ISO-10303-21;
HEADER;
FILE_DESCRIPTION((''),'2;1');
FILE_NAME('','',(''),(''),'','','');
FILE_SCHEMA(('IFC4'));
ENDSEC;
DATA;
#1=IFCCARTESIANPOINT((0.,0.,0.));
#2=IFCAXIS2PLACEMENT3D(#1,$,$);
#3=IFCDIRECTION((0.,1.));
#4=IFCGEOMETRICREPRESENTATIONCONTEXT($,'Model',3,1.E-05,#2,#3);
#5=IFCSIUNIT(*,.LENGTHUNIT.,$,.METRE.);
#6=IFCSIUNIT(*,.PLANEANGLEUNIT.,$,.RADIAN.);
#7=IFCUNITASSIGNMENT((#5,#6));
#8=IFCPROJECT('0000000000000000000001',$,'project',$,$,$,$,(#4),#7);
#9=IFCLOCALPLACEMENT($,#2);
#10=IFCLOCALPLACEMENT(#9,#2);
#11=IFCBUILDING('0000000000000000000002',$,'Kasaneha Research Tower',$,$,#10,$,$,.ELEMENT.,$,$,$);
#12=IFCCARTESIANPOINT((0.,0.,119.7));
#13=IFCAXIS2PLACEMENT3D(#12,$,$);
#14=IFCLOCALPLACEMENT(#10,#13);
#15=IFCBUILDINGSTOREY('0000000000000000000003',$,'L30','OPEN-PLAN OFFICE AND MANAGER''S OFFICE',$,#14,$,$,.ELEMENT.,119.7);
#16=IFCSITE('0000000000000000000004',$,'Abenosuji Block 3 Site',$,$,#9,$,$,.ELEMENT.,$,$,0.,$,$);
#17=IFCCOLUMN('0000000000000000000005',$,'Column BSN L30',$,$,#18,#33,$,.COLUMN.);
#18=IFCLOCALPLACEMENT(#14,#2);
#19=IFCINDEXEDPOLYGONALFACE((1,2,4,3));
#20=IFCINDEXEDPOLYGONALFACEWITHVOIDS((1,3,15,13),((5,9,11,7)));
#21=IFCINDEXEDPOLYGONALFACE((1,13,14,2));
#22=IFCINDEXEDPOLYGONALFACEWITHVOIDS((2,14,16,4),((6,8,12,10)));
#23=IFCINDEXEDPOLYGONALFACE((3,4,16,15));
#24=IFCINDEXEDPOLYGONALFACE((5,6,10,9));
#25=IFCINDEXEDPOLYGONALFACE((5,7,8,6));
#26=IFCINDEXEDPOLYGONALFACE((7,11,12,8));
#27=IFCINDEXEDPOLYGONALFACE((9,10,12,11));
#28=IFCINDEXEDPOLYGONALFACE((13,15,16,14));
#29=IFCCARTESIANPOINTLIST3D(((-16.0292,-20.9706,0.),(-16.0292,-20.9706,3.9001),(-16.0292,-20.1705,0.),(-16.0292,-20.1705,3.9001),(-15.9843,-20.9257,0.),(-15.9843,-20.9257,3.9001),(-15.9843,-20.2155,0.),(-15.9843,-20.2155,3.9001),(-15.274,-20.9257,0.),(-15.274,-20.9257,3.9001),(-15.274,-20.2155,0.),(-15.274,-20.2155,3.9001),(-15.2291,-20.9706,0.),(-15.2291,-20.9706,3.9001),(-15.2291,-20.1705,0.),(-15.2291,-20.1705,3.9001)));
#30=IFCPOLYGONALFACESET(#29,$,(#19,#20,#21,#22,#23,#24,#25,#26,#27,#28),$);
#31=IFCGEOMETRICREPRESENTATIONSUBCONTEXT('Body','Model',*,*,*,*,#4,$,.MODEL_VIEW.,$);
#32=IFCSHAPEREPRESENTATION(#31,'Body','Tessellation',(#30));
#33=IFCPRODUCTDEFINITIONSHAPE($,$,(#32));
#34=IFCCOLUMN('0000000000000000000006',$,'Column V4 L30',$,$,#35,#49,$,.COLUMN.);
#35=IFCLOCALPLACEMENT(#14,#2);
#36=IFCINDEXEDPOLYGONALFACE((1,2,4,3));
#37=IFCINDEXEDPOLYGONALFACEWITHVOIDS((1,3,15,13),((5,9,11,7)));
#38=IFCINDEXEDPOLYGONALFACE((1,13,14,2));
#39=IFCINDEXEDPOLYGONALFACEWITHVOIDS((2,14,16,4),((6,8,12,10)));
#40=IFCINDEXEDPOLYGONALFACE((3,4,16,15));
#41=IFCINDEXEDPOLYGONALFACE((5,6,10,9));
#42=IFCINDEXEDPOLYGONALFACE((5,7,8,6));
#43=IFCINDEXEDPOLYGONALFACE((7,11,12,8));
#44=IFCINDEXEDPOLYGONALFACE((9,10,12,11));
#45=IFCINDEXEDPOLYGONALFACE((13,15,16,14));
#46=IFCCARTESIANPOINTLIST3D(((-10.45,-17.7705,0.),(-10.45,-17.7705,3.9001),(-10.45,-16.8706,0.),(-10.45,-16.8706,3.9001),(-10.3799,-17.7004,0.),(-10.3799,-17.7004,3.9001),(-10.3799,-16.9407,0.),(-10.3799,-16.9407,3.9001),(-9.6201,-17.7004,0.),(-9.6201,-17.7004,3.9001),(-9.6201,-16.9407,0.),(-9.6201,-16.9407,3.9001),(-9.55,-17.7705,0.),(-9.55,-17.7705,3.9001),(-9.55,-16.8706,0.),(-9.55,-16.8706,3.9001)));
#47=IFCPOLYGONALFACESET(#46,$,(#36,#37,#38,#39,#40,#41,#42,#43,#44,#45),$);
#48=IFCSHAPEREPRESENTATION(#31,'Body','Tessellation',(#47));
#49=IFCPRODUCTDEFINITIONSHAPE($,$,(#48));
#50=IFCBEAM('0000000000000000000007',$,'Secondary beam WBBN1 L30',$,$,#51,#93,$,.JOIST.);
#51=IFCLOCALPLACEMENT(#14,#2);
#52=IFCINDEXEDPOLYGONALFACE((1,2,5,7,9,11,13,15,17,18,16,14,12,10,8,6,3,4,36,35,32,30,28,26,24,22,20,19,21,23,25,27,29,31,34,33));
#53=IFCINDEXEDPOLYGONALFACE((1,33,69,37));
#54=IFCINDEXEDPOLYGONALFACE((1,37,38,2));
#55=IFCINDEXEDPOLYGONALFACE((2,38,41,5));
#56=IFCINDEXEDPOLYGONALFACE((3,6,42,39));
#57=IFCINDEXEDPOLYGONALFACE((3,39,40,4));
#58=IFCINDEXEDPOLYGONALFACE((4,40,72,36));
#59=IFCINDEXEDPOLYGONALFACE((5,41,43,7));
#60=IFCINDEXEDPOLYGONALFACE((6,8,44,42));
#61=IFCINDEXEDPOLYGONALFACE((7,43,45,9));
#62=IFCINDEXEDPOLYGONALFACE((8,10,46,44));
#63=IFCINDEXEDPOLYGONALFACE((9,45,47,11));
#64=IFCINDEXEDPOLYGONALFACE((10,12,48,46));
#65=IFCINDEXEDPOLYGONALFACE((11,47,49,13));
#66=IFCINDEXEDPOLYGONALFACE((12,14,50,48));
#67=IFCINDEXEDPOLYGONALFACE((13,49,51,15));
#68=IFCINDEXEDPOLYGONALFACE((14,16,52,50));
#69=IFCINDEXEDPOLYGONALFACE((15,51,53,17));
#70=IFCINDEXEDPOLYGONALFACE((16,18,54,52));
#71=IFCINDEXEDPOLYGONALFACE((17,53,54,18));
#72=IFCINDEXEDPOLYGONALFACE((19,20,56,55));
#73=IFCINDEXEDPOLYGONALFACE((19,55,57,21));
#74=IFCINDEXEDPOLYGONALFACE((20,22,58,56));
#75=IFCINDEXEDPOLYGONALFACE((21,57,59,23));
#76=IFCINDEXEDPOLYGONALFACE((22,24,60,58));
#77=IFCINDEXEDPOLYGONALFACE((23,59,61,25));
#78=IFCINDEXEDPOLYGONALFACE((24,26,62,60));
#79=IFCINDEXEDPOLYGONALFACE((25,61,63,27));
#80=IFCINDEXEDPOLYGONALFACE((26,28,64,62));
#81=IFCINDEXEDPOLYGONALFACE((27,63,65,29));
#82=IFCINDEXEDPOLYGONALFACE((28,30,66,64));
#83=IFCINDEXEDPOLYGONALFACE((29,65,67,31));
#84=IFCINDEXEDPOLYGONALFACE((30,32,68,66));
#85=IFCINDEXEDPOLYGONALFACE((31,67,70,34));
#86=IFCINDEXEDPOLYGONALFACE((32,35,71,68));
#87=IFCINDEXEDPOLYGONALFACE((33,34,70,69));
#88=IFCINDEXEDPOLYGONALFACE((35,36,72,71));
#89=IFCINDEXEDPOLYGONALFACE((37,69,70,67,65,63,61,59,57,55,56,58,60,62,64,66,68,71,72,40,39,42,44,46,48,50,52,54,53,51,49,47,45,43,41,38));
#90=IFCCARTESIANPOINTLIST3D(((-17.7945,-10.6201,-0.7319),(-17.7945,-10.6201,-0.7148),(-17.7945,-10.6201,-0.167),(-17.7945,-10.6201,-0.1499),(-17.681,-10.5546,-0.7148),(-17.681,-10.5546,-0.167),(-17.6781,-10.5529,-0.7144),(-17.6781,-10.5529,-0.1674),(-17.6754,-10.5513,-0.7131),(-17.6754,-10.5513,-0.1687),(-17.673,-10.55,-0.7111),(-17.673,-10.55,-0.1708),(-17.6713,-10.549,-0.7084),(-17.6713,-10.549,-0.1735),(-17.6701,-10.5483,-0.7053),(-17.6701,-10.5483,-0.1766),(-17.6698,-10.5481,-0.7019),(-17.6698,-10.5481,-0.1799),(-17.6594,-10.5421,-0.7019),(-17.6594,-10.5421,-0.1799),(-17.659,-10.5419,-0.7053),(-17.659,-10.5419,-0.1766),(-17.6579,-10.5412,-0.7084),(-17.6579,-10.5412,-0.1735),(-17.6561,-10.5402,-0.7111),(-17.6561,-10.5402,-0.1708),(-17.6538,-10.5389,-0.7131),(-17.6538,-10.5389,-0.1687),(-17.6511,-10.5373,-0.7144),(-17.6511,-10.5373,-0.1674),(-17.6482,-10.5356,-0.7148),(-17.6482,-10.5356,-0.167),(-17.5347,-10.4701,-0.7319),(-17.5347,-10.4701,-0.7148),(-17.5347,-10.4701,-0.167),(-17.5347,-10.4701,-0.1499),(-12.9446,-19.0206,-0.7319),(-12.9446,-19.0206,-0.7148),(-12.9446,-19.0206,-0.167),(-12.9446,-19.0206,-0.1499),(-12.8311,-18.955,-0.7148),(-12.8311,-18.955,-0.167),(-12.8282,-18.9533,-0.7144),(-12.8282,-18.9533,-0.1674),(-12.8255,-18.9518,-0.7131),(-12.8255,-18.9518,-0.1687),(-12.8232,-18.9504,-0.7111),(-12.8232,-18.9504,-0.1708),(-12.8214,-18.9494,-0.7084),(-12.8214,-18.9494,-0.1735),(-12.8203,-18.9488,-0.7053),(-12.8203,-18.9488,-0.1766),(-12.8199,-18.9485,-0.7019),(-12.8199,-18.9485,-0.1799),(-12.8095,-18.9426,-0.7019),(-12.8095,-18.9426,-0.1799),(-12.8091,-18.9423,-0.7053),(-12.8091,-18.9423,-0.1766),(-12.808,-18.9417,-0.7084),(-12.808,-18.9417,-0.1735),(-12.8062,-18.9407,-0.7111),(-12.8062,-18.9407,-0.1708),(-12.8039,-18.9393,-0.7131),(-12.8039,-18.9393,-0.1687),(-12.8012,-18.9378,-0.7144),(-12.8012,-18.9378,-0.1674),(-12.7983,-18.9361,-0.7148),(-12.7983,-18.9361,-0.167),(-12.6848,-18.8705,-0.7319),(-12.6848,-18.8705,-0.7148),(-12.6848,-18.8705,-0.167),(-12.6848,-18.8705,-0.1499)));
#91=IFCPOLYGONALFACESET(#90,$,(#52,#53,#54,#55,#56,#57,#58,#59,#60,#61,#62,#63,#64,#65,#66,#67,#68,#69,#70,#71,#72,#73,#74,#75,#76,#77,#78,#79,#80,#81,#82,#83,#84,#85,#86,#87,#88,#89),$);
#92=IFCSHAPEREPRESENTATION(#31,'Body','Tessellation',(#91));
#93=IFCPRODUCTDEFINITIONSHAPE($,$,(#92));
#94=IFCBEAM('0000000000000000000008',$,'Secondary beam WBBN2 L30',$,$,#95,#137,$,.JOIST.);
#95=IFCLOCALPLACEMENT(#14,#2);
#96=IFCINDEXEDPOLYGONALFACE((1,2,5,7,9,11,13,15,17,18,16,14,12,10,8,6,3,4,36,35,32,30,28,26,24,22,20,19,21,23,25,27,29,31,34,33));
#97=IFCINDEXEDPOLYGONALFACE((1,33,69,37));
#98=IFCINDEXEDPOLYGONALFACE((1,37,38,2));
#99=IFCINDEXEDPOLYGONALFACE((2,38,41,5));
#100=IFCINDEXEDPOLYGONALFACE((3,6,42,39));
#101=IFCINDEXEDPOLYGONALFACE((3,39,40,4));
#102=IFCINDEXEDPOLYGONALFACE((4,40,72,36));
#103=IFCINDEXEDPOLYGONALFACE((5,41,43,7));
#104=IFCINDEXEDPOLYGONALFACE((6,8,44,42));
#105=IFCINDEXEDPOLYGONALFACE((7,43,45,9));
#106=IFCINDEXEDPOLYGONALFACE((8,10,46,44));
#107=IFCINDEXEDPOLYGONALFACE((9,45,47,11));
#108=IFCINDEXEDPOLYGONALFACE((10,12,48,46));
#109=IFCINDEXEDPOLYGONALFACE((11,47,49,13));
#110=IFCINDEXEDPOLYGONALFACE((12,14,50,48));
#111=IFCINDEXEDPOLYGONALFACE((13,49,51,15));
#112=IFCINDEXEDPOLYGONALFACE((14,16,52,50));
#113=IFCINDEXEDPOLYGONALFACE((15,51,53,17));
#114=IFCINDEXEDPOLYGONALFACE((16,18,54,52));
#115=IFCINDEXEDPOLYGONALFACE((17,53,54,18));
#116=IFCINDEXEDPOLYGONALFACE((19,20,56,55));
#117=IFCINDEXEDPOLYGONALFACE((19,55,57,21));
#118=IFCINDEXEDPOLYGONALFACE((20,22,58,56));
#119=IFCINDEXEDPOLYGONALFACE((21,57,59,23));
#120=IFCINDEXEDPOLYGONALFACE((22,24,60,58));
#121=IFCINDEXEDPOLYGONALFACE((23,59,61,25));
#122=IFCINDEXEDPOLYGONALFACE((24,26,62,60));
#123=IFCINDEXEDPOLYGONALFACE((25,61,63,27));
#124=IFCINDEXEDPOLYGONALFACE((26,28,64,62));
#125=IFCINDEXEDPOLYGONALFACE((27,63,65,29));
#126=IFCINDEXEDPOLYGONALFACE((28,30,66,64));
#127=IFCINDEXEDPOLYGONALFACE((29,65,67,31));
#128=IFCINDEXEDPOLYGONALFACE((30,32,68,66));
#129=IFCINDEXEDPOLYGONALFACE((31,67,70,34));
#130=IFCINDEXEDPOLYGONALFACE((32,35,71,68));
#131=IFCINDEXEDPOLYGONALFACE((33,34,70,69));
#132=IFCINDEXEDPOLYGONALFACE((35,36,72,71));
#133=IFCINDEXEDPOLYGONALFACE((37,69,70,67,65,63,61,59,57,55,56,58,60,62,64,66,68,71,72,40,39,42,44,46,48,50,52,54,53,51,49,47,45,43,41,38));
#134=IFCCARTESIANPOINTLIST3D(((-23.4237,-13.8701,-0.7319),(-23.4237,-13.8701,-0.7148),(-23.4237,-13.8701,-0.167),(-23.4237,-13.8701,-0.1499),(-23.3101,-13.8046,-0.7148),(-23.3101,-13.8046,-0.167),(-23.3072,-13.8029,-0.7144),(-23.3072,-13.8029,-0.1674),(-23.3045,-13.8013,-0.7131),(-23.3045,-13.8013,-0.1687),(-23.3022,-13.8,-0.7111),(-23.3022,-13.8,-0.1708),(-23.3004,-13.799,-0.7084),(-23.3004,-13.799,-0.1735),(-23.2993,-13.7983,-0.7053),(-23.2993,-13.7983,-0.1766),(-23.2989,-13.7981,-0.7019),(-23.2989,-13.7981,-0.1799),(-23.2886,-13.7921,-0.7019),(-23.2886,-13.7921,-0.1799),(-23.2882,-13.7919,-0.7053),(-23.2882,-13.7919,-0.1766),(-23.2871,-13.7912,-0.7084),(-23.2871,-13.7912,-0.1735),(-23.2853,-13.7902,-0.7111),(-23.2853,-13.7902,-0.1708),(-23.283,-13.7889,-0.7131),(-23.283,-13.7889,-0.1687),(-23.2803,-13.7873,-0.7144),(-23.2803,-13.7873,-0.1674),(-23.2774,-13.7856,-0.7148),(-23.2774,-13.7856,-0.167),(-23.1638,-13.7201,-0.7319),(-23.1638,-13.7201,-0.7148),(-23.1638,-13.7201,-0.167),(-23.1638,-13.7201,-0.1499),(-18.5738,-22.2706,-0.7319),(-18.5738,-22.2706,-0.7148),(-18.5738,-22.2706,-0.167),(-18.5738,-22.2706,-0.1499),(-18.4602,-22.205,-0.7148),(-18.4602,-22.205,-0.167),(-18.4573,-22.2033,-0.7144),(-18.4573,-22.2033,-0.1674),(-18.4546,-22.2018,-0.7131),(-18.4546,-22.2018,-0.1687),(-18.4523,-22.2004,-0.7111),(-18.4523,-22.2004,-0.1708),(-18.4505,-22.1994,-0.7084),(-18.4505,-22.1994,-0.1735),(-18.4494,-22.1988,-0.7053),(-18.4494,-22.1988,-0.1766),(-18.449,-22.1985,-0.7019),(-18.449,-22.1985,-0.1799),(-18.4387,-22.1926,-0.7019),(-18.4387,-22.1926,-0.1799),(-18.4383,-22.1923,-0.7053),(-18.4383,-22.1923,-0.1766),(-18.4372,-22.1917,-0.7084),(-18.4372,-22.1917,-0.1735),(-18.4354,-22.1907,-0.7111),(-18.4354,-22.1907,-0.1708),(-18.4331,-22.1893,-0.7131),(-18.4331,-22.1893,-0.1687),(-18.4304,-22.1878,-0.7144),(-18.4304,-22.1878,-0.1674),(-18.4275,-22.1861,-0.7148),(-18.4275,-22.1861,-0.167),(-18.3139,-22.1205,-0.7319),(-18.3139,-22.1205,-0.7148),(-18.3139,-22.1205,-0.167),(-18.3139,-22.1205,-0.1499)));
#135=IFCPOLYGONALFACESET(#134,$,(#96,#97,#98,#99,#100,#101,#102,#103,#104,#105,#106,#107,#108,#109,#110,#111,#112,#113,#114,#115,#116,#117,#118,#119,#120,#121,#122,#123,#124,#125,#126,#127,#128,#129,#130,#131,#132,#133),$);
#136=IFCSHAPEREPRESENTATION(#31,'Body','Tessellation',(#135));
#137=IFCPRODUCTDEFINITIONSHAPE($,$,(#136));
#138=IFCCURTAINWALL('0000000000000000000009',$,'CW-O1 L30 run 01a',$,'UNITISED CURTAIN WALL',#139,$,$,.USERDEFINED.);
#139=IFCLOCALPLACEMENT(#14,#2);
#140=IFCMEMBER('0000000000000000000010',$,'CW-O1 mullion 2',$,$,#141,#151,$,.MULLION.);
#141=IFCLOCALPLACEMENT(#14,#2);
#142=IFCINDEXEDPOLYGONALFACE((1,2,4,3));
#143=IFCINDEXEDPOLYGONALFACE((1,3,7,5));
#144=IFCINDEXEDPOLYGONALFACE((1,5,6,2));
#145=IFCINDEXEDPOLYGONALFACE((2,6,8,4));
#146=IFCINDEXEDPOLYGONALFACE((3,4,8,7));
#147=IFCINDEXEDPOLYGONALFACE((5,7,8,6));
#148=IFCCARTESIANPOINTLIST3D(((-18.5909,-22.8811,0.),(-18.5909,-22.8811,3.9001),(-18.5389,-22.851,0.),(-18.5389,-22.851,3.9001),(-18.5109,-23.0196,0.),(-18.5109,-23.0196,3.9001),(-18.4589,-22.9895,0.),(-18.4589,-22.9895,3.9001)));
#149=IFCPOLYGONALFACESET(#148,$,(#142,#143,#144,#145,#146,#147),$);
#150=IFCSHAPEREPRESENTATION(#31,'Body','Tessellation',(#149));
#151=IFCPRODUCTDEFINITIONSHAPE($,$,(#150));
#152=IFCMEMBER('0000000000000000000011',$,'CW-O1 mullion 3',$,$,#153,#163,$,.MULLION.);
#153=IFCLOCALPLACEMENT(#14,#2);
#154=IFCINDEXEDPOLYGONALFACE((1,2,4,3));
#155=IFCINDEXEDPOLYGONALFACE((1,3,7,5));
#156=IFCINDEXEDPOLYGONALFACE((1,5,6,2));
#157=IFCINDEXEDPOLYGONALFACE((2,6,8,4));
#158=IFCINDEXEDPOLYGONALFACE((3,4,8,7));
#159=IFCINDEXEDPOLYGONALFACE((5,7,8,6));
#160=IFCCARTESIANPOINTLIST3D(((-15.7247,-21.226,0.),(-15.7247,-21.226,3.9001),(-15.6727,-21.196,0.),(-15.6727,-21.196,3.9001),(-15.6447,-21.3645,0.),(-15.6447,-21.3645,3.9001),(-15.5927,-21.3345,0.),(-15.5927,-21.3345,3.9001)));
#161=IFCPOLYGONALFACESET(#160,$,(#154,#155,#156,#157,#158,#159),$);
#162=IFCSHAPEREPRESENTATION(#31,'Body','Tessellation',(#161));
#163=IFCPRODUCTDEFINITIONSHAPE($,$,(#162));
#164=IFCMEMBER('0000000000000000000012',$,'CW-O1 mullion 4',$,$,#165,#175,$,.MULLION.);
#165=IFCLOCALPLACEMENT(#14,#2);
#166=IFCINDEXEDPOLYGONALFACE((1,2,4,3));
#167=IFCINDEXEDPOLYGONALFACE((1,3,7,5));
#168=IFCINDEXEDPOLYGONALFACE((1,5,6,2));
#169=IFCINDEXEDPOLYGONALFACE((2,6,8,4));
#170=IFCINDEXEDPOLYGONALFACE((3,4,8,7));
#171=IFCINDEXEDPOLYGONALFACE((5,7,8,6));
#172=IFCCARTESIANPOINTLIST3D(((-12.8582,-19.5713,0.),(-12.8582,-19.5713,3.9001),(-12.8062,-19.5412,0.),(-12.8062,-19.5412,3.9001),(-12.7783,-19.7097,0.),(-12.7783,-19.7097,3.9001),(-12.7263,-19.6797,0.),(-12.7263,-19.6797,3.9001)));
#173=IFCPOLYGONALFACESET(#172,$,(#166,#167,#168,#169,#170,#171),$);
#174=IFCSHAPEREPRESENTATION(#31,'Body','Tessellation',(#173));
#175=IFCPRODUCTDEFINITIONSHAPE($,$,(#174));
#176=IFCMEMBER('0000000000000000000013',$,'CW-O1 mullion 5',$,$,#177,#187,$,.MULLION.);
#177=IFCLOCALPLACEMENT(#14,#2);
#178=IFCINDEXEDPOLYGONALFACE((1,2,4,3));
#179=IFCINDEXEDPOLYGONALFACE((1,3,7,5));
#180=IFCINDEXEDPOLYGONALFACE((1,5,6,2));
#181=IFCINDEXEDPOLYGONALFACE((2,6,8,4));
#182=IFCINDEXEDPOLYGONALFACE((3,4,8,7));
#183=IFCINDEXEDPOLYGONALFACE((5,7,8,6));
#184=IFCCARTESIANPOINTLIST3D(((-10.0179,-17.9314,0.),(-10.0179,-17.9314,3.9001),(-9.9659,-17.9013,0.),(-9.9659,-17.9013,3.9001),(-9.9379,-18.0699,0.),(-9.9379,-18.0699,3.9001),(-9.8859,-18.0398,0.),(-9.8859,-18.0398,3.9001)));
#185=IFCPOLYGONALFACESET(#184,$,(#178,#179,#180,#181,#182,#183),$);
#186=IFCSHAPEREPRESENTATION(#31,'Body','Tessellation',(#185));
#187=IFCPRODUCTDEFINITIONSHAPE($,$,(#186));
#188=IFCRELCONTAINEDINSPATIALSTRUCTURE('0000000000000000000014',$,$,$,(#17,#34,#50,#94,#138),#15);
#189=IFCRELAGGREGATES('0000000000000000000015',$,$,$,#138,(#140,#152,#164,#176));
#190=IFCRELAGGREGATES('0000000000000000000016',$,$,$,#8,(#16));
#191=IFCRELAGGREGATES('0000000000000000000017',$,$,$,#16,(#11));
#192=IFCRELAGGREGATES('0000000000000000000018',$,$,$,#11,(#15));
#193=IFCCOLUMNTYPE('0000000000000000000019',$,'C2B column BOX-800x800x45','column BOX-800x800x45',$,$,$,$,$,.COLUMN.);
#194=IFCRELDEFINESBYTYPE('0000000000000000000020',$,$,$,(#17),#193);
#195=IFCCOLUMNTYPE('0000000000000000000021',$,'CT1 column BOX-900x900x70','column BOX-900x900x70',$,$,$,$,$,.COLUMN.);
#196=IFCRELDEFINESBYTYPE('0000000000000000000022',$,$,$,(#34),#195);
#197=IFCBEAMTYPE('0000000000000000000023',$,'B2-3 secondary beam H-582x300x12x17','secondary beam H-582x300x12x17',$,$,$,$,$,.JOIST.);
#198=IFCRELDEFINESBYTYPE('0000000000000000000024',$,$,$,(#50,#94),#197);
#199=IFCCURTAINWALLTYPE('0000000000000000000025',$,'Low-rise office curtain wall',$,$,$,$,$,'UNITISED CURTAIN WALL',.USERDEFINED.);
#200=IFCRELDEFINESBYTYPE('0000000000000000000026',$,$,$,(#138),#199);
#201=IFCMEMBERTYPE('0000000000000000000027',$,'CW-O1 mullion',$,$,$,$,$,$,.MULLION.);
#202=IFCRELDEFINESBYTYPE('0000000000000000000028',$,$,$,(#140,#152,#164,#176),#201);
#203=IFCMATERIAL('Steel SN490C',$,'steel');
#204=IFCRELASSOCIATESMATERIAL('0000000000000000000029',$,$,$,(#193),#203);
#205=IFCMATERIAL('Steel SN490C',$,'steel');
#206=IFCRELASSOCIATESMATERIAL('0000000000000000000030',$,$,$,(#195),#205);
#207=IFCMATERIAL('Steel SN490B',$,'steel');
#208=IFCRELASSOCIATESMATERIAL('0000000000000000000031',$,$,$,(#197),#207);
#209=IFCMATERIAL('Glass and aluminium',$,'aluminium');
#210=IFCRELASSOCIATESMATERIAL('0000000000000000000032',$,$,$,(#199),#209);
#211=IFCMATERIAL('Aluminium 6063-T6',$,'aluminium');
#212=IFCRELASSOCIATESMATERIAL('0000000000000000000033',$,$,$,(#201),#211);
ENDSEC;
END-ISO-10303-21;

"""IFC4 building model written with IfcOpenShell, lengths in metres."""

from ifc_helpers import new_model, si_unit, direction, frame, origin, origin_2d, place, context, subcontext, project, spatial, rectangle, hollow_rectangle, i_section, extrude, material, material_profile, profile_set, type_object, element, aggregate, save


model = new_model("IFC4")

# Units and contexts
model_context = context("Model", 3, precision=1e-05, world=origin(), true_north=direction((0.0, 1.0)))
body_context = subcontext(model_context, "Body", "Model", "MODEL_VIEW")
ifc_project = project(units=[si_unit("LENGTHUNIT", "METRE"), si_unit("PLANEANGLEUNIT", "RADIAN")], contexts=[model_context])

# Site, building, storey
site_placement = place(None, origin())
site = spatial("IfcSite", under=ifc_project, at=site_placement, Name="Abenosuji Block 3 Site", CompositionType="ELEMENT", RefElevation=0.0)
building_placement = place(site_placement, origin())
building = spatial("IfcBuilding", under=site, at=building_placement, Name="Kasaneha Research Tower", CompositionType="ELEMENT")
storey_placement = place(building_placement, frame((0.0, 0.0, 119.7)))
storey = spatial("IfcBuildingStorey", under=building, at=storey_placement, Name="L30", Description="OPEN-PLAN OFFICE AND MANAGER'S OFFICE", CompositionType="ELEMENT", Elevation=119.7)

# Columns
ifc_material_1 = material(Name="Steel SN490C", Category="steel")
ifc_material_profile_1 = material_profile(ifc_material_1, hollow_rectangle(XDim=0.8, YDim=0.8, WallThickness=0.0449, at=origin_2d()), Name="BOX-800x800x45")
ifc_profile_set_1 = profile_set([ifc_material_profile_1], Name="Steel SN490C")
column_type_1 = type_object("IfcColumnType", Name="C2B column BOX-800x800x45", Description="column BOX-800x800x45", PredefinedType="COLUMN", material=ifc_profile_set_1)
column_1_placement = place(storey_placement, frame((-15.6292, -20.5706, 0.0), z_axis=(0.0, 0.0, 1.0), x_axis=(1.0, 0.0, 0.0)))
element("IfcColumn", 1, at=column_1_placement, inside=storey, type_object=column_type_1, Name="Column BSN L30", PredefinedType="COLUMN", context=body_context, shape_type="SweptSolid", body=[
    extrude(hollow_rectangle(XDim=0.8, YDim=0.8, WallThickness=0.0449, at=origin_2d()), origin(), (0.0, 0.0, 1.0), 3.9001),
])
ifc_material_2 = material(Name="Steel SN490C", Category="steel")
ifc_material_profile_2 = material_profile(ifc_material_2, hollow_rectangle(XDim=0.8999, YDim=0.8999, WallThickness=0.0701, at=origin_2d()), Name="BOX-900x900x70")
ifc_profile_set_2 = profile_set([ifc_material_profile_2], Name="Steel SN490C")
column_type_2 = type_object("IfcColumnType", Name="CT1 column BOX-900x900x70", Description="column BOX-900x900x70", PredefinedType="COLUMN", material=ifc_profile_set_2)
column_2_placement = place(storey_placement, frame((-10.0, -17.3206, 0.0), z_axis=(0.0, 0.0, 1.0), x_axis=(1.0, 0.0, 0.0)))
element("IfcColumn", 2, at=column_2_placement, inside=storey, type_object=column_type_2, Name="Column V4 L30", PredefinedType="COLUMN", context=body_context, shape_type="SweptSolid", body=[
    extrude(hollow_rectangle(XDim=0.8999, YDim=0.8999, WallThickness=0.0701, at=origin_2d()), origin(), (0.0, 0.0, 1.0), 3.9001),
])

# Beams
ifc_material_3 = material(Name="Steel SN490B", Category="steel")
ifc_material_profile_3 = material_profile(ifc_material_3, i_section(OverallWidth=0.3, OverallDepth=0.582, WebThickness=0.012, FlangeThickness=0.0171, FilletRadius=0.0129, at=origin_2d()), Name="H-582x300x12x17")
ifc_profile_set_3 = profile_set([ifc_material_profile_3], Name="Steel SN490B")
beam_type_1 = type_object("IfcBeamType", Name="B2-3 secondary beam H-582x300x12x17", Description="secondary beam H-582x300x12x17", PredefinedType="JOIST", material=ifc_profile_set_3)
for number, where, z_axis, x_axis, name in (
    (3, (-12.8147, -18.9456, -0.4409), (-0.499991, 0.866031, 0.0), (-0.866031, -0.499991, 0.0), "Secondary beam WBBN1 L30"),
    (4, (-18.4438, -22.1956, -0.4409), (-0.499991, 0.866031, 0.0), (-0.866031, -0.499991, 0.0), "Secondary beam WBBN2 L30"),
):
    element("IfcBeam", number, at=place(storey_placement, frame(where, z_axis=z_axis, x_axis=x_axis)), inside=storey, type_object=beam_type_1, Name=name, PredefinedType="JOIST", context=body_context, shape_type="SweptSolid", body=[
        extrude(i_section(OverallWidth=0.3, OverallDepth=0.582, WebThickness=0.012, FlangeThickness=0.0171, FilletRadius=0.0129, at=origin_2d()), origin(), (0.0, 0.0, 1.0), 9.7),
    ])

# Curtain wall, members
ifc_material_4 = material(Name="Glass and aluminium", Category="aluminium")
curtain_wall_type = type_object("IfcCurtainWallType", Name="Low-rise office curtain wall", ElementType="UNITISED CURTAIN WALL", PredefinedType="USERDEFINED", material=ifc_material_4)
curtain_wall_1_placement = place(storey_placement, origin())
curtain_wall_1 = element("IfcCurtainWall", 5, at=curtain_wall_1_placement, inside=storey, type_object=curtain_wall_type, Name="CW-O1 L30 run 01a", ObjectType="UNITISED CURTAIN WALL", PredefinedType="USERDEFINED")
ifc_material_5 = material(Name="Aluminium 6063-T6", Category="aluminium")
ifc_material_profile_4 = material_profile(ifc_material_5, rectangle(XDim=0.0601, YDim=0.1599, at=origin_2d()), Name="CW-O1 mullion 60x160")
ifc_profile_set_4 = profile_set([ifc_material_profile_4], Name="Aluminium 6063-T6")
member_type_1 = type_object("IfcMemberType", Name="CW-O1 mullion", PredefinedType="MULLION", material=ifc_profile_set_4)
member_1_placement = place(storey_placement, frame((-18.5249, -22.9353, 0.0), z_axis=(0.0, 0.0, 1.0), x_axis=(0.866025, 0.5, 0.0)))
member_1 = element("IfcMember", 6, at=member_1_placement, type_object=member_type_1, Name="CW-O1 mullion 2", PredefinedType="MULLION", context=body_context, shape_type="SweptSolid", body=[
    extrude(rectangle(XDim=0.0601, YDim=0.1599, at=origin_2d()), origin(), (0.0, 0.0, 1.0), 3.9001),
])
member_2_placement = place(storey_placement, frame((-15.6587, -21.2803, 0.0), z_axis=(0.0, 0.0, 1.0), x_axis=(0.866025, 0.5, 0.0)))
member_2 = element("IfcMember", 7, at=member_2_placement, type_object=member_type_1, Name="CW-O1 mullion 3", PredefinedType="MULLION", context=body_context, shape_type="SweptSolid", body=[
    extrude(rectangle(XDim=0.0601, YDim=0.1599, at=origin_2d()), origin(), (0.0, 0.0, 1.0), 3.9001),
])
member_3_placement = place(storey_placement, frame((-12.7922, -19.6255, 0.0), z_axis=(0.0, 0.0, 1.0), x_axis=(0.866025, 0.5, 0.0)))
member_3 = element("IfcMember", 8, at=member_3_placement, type_object=member_type_1, Name="CW-O1 mullion 4", PredefinedType="MULLION", context=body_context, shape_type="SweptSolid", body=[
    extrude(rectangle(XDim=0.0601, YDim=0.1599, at=origin_2d()), origin(), (0.0, 0.0, 1.0), 3.9001),
])
member_4_placement = place(storey_placement, frame((-9.9519, -17.9856, 0.0), z_axis=(0.0, 0.0, 1.0), x_axis=(0.866025, 0.5, 0.0)))
member_4 = element("IfcMember", 9, at=member_4_placement, type_object=member_type_1, Name="CW-O1 mullion 5", PredefinedType="MULLION", context=body_context, shape_type="SweptSolid", body=[
    extrude(rectangle(XDim=0.0601, YDim=0.1599, at=origin_2d()), origin(), (0.0, 0.0, 1.0), 3.9001),
])

aggregate(curtain_wall_1, [member_1, member_2, member_3, member_4])

save(model, "model.ifc")
